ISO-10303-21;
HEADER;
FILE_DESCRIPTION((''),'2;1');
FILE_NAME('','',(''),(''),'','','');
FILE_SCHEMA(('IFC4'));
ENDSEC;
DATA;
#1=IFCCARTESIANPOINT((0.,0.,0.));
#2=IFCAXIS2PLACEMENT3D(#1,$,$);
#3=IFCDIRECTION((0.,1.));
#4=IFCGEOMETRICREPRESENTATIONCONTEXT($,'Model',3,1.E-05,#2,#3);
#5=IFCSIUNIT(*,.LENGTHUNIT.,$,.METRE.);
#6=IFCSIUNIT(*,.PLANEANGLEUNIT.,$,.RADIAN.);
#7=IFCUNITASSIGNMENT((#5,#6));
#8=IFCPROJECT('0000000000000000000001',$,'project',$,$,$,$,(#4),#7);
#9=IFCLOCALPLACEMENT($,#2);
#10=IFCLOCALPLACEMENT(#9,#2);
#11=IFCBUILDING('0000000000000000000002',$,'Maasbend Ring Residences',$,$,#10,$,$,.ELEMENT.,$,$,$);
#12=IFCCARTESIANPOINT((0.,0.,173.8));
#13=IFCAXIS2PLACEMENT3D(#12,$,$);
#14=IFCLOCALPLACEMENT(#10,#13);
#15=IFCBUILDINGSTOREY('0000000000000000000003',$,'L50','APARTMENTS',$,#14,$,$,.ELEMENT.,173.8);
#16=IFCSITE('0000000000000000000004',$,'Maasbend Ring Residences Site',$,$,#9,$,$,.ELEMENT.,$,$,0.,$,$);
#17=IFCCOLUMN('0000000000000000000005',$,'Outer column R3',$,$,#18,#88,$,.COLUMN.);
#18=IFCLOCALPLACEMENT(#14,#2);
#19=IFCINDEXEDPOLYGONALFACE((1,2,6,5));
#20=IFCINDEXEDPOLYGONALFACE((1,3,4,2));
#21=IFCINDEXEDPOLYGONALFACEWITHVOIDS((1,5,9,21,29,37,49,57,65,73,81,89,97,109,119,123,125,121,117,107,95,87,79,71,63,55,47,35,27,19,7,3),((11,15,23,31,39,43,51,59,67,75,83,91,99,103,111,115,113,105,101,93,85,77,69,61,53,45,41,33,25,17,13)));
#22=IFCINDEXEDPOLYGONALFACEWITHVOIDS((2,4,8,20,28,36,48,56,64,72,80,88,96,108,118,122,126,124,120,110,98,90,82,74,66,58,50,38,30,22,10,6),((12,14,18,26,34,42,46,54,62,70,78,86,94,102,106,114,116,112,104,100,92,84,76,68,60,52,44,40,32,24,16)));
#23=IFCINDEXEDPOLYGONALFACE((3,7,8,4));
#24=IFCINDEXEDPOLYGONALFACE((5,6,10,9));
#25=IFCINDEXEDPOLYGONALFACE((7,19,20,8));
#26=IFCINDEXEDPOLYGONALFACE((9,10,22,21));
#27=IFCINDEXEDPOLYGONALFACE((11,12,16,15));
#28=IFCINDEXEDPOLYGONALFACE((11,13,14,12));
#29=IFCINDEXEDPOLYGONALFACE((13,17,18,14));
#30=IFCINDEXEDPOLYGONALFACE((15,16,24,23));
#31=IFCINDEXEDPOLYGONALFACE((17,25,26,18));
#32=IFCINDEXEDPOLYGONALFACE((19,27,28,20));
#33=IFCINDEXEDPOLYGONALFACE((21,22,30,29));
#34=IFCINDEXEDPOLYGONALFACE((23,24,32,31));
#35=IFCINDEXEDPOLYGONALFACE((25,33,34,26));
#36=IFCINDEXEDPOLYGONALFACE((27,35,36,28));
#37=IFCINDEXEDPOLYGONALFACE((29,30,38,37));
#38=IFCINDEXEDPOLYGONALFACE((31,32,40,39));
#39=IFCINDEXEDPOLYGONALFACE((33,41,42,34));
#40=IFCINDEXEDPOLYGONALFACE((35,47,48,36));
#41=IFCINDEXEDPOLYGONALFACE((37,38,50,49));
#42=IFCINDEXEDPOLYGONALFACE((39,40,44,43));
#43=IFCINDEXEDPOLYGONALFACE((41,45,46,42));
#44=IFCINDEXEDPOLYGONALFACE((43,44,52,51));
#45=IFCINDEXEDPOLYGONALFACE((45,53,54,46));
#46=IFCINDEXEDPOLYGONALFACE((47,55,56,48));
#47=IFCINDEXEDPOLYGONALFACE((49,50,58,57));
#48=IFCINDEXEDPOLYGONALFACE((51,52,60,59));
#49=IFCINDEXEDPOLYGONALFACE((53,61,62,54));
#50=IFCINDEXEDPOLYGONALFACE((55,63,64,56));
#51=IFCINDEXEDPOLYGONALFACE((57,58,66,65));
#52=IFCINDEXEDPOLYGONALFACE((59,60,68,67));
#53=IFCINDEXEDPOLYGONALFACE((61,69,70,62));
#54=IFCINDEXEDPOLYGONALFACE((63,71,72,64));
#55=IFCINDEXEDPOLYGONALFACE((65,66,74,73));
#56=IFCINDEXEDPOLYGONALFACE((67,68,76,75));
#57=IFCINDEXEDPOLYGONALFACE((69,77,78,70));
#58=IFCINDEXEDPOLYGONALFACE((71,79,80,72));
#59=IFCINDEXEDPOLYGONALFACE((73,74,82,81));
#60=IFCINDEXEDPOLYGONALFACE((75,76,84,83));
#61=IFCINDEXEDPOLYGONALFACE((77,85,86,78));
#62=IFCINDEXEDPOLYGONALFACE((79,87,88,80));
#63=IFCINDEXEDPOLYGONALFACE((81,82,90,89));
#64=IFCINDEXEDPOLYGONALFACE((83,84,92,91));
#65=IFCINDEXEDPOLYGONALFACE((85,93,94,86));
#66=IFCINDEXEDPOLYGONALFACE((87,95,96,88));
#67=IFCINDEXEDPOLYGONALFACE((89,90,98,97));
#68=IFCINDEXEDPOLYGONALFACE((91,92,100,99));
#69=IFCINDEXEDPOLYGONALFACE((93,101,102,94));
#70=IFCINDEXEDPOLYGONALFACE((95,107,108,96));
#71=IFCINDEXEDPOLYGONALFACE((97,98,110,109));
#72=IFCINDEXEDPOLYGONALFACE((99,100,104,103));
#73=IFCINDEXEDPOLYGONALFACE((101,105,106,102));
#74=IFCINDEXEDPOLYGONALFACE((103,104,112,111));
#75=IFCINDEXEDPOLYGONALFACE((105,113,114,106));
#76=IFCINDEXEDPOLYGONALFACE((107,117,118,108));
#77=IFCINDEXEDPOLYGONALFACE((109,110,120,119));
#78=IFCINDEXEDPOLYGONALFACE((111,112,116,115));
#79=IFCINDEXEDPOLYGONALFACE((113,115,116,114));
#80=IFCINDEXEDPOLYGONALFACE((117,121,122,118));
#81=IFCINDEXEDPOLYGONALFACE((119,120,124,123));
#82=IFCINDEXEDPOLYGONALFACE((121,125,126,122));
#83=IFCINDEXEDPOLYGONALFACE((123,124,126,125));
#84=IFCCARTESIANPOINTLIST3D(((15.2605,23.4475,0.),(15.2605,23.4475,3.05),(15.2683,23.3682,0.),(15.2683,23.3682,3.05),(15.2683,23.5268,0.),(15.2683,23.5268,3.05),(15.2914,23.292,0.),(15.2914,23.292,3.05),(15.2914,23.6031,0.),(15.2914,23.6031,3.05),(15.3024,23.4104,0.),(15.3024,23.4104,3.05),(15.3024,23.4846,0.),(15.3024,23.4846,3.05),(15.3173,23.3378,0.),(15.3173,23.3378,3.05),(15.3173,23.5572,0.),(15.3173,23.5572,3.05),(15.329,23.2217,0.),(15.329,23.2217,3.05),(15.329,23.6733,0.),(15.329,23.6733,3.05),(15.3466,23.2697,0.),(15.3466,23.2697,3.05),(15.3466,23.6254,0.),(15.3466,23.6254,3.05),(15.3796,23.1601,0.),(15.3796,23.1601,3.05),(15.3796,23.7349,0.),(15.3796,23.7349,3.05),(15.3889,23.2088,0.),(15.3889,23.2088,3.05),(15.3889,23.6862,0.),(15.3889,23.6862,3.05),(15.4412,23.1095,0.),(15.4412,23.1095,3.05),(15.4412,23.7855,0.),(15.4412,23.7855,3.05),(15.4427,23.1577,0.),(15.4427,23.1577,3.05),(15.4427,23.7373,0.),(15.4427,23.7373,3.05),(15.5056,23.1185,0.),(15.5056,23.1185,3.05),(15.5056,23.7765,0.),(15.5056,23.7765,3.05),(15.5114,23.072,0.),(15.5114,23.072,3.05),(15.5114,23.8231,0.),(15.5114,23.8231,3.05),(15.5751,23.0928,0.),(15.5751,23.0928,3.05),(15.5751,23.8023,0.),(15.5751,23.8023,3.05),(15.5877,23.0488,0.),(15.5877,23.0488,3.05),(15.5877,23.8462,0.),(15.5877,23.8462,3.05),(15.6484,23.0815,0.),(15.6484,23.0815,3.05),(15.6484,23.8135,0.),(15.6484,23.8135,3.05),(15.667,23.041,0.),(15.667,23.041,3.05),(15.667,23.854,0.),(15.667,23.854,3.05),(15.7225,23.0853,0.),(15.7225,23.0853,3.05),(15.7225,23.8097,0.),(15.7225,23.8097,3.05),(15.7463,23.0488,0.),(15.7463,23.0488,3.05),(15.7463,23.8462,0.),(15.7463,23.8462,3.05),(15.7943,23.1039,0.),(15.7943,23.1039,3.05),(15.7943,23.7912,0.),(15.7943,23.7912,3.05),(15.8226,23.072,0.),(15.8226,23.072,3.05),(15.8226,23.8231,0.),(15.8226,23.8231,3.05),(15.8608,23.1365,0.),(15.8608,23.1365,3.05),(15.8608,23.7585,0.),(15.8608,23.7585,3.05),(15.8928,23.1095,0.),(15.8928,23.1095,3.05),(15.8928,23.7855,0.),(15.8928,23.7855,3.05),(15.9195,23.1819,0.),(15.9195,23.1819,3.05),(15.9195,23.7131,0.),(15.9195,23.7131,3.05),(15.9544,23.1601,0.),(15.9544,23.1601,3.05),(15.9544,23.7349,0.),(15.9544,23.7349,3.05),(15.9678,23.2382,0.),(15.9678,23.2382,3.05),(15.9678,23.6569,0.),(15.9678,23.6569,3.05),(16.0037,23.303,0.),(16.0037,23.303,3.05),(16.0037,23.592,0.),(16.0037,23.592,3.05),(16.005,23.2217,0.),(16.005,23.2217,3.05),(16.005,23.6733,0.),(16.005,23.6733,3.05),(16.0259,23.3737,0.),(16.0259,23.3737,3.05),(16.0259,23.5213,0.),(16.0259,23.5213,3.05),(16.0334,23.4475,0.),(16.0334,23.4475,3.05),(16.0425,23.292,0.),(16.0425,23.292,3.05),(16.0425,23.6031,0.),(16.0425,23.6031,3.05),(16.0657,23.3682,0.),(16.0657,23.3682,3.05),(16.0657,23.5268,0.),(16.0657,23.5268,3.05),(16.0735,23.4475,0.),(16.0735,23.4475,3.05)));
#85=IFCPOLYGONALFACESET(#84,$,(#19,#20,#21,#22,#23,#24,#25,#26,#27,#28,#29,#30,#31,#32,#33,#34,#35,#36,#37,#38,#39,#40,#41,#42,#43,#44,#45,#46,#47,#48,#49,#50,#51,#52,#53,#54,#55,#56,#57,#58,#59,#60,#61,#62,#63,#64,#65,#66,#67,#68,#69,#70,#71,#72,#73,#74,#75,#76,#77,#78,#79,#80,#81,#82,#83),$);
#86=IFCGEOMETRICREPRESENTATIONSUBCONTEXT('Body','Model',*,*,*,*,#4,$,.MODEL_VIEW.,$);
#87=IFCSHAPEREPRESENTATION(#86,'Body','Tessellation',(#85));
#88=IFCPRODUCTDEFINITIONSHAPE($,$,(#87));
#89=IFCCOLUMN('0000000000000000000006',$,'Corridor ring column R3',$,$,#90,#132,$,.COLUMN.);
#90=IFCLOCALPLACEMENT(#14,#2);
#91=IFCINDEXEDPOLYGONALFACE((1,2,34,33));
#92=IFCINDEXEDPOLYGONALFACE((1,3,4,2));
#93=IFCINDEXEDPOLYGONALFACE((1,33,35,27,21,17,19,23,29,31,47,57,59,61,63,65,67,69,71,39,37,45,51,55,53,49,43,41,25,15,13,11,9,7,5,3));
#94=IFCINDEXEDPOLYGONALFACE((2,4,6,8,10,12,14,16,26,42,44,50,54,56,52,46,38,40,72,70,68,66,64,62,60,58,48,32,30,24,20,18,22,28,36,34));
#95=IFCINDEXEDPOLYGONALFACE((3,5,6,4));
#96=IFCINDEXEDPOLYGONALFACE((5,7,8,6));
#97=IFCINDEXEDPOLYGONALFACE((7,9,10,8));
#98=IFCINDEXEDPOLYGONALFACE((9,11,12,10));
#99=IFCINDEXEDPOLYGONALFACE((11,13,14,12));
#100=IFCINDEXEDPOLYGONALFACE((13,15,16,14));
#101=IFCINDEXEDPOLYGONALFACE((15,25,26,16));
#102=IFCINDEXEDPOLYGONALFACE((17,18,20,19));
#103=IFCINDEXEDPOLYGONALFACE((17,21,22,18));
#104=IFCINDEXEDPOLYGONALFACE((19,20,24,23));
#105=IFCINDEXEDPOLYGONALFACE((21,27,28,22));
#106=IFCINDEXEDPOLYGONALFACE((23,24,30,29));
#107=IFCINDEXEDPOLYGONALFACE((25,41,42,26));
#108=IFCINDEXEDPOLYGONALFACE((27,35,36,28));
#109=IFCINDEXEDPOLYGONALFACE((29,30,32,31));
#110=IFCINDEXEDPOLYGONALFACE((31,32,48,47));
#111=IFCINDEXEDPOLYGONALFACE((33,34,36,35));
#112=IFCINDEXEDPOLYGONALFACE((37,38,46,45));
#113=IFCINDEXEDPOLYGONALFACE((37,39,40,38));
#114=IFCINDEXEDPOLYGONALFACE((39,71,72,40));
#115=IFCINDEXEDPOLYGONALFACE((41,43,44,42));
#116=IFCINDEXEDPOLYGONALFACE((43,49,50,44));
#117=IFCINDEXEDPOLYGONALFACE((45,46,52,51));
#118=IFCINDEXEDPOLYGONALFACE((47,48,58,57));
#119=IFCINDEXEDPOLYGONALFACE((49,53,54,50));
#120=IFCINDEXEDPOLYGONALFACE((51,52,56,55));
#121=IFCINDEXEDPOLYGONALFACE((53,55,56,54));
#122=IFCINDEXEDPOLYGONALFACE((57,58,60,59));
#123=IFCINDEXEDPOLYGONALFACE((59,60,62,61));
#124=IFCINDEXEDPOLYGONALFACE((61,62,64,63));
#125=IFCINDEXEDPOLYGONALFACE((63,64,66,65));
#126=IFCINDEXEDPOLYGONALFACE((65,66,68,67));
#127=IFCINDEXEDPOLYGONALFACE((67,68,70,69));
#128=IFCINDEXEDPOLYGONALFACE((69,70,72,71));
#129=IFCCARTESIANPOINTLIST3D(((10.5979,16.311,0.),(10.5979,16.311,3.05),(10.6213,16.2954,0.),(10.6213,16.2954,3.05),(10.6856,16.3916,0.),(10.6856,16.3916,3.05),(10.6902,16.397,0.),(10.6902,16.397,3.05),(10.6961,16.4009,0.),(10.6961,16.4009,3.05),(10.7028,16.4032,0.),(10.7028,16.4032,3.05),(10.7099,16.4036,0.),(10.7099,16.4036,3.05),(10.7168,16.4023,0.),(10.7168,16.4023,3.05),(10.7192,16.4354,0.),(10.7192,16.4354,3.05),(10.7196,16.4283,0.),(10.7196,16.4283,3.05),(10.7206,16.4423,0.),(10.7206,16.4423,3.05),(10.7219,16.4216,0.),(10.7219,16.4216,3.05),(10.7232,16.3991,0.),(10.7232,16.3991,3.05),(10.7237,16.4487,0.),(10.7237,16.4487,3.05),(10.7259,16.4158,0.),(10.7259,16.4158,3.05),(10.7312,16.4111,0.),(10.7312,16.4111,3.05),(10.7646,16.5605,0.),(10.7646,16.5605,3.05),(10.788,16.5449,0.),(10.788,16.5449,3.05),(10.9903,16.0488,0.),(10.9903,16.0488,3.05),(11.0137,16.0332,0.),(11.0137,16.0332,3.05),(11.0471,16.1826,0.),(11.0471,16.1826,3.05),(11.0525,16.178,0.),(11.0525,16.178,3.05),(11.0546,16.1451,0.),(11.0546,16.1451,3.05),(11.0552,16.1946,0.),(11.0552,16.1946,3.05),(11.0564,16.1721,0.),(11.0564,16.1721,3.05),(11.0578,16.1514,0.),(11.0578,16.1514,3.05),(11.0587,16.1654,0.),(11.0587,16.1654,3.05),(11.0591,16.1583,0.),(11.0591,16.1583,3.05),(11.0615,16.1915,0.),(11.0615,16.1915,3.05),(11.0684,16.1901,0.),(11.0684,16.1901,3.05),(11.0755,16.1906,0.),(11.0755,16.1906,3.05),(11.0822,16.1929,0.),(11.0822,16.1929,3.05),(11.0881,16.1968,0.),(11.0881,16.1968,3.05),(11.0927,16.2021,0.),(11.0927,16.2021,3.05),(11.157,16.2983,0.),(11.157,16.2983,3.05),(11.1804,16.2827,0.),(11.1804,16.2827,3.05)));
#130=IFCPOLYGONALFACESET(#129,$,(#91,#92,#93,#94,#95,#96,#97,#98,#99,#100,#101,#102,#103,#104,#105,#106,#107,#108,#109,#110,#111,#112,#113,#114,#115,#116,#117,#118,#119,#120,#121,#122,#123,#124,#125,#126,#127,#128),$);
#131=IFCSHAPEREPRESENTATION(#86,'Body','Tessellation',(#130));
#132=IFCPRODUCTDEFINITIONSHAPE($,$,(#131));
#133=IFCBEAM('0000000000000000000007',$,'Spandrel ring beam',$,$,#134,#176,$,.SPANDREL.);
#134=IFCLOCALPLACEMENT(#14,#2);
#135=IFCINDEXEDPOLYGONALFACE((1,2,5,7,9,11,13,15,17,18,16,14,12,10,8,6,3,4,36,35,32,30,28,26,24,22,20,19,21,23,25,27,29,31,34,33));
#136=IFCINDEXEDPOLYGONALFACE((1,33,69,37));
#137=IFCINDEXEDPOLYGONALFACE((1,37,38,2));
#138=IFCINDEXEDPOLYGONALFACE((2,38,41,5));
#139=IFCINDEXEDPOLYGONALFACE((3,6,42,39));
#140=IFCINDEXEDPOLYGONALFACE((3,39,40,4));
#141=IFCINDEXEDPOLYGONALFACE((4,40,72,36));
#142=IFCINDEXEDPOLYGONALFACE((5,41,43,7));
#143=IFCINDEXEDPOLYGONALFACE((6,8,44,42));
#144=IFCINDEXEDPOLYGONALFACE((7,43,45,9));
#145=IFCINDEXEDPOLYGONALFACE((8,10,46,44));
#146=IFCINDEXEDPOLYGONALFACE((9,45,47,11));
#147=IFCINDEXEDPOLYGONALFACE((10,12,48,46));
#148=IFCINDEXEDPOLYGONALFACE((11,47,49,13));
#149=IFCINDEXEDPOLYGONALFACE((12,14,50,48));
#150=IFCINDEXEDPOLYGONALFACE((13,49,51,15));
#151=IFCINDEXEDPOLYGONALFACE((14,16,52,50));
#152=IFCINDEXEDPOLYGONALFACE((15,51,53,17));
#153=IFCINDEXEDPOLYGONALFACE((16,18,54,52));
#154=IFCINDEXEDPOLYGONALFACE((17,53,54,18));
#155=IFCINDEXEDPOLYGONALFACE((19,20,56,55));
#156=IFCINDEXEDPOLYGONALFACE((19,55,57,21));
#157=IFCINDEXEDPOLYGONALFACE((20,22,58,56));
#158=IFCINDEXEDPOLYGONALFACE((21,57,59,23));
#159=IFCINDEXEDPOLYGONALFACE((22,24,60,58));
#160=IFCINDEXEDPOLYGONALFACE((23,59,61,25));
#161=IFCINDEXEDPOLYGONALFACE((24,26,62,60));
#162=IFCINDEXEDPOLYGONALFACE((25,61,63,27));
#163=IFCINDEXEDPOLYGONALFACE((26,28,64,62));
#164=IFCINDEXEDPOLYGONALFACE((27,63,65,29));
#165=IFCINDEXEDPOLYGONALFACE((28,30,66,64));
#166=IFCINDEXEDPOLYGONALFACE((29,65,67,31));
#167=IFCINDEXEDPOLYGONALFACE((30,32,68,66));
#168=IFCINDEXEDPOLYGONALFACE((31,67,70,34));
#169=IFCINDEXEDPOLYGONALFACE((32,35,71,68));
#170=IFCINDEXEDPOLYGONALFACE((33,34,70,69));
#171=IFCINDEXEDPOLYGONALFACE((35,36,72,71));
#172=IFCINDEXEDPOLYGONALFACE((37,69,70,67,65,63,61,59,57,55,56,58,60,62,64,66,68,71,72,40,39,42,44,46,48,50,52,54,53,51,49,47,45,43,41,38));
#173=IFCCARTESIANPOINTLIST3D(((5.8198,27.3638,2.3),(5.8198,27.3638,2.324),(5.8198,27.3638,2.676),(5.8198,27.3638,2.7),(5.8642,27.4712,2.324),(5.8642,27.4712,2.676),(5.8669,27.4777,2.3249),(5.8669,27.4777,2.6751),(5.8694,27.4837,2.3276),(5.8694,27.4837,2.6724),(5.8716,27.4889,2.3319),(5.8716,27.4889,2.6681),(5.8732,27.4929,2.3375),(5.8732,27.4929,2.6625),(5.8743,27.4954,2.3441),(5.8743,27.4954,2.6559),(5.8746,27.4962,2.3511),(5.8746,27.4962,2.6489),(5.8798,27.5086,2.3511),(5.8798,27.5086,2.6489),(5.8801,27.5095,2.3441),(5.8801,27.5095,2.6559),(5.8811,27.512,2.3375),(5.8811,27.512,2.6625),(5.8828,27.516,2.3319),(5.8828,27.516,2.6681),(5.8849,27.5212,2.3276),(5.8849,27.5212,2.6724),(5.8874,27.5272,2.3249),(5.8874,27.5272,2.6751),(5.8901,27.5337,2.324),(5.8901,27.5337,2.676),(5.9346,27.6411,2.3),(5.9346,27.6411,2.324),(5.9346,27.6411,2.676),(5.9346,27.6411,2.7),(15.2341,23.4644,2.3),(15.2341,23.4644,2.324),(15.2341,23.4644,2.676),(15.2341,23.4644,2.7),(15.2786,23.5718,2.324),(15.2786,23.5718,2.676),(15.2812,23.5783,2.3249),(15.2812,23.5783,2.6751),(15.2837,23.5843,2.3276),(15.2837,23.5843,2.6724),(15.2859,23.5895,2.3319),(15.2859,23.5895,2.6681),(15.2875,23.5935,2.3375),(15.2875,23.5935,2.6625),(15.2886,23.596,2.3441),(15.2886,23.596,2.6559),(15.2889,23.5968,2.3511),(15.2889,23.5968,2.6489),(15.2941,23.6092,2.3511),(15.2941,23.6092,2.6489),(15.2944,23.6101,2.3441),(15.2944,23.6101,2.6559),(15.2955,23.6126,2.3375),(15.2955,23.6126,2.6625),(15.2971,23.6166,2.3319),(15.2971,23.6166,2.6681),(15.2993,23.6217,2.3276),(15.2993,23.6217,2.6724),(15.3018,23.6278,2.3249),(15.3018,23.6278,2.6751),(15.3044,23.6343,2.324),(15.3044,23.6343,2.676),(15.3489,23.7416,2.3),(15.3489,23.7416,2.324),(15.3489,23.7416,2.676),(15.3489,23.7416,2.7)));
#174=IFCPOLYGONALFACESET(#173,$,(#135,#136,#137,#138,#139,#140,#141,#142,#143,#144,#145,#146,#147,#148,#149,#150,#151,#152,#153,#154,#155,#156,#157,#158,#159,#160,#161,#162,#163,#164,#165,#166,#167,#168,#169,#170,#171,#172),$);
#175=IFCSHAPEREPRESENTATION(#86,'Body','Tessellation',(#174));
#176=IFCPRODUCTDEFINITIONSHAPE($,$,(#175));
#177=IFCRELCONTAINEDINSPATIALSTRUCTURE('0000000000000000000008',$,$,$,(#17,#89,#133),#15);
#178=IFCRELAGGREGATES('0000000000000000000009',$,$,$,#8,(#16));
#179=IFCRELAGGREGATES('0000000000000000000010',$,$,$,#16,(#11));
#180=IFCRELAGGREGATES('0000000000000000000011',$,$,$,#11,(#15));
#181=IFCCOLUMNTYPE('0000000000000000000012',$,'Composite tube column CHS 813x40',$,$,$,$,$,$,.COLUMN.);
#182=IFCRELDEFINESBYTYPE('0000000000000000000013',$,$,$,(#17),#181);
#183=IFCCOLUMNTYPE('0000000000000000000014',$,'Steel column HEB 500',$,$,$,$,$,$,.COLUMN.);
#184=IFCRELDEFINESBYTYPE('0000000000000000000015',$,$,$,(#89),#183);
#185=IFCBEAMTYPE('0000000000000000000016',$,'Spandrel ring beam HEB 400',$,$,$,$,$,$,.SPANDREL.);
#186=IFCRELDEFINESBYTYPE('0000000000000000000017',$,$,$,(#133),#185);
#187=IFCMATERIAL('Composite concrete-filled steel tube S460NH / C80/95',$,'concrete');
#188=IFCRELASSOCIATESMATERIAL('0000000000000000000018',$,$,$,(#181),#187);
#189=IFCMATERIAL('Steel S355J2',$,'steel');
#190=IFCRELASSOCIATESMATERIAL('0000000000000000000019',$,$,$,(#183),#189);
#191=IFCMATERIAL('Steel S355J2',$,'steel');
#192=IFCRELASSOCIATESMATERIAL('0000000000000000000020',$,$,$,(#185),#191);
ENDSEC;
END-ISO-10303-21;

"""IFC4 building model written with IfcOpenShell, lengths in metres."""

from ifc_helpers import new_model, si_unit, direction, frame, origin, origin_2d, place, context, subcontext, project, spatial, hollow_circle, i_section, extrude, material, material_profile, profile_set, type_object, element, save


model = new_model("IFC4")

# Units and contexts
model_context = context("Model", 3, precision=1e-05, world=origin(), true_north=direction((0.0, 1.0)))
body_context = subcontext(model_context, "Body", "Model", "MODEL_VIEW")
ifc_project = project(units=[si_unit("LENGTHUNIT", "METRE"), si_unit("PLANEANGLEUNIT", "RADIAN")], contexts=[model_context])

# Site, building, storey
site_placement = place(None, origin())
site = spatial("IfcSite", under=ifc_project, at=site_placement, Name="Maasbend Ring Residences Site", CompositionType="ELEMENT", RefElevation=0.0)
building_placement = place(site_placement, origin())
building = spatial("IfcBuilding", under=site, at=building_placement, Name="Maasbend Ring Residences", CompositionType="ELEMENT")
storey_placement = place(building_placement, frame((0.0, 0.0, 173.8)))
storey = spatial("IfcBuildingStorey", under=building, at=storey_placement, Name="L50", Description="APARTMENTS", CompositionType="ELEMENT", Elevation=173.8)

# Columns
ifc_material_1 = material(Name="Composite concrete-filled steel tube S460NH / C80/95", Category="concrete")
ifc_material_profile_1 = material_profile(ifc_material_1, hollow_circle(Radius=0.4065, WallThickness=0.04, at=origin_2d()), Name="Composite tube column CHS 813x40")
ifc_profile_set_1 = profile_set([ifc_material_profile_1], Name="Composite concrete-filled steel tube S460NH / C80/95")
column_type_1 = type_object("IfcColumnType", Name="Composite tube column CHS 813x40", PredefinedType="COLUMN", material=ifc_profile_set_1)
column_1_placement = place(storey_placement, frame((15.667, 23.4475, 0.0), z_axis=(0.0, 0.0, 1.0), x_axis=(1.0, 0.0, 0.0)))
element("IfcColumn", 1, at=column_1_placement, inside=storey, type_object=column_type_1, Name="Outer column R3", PredefinedType="COLUMN", context=body_context, shape_type="SweptSolid", body=[
    extrude(hollow_circle(Radius=0.4065, WallThickness=0.04, at=origin_2d()), origin(), (0.0, 0.0, 1.0), 3.05),
])
ifc_material_2 = material(Name="Steel S355J2", Category="steel")
ifc_material_profile_2 = material_profile(ifc_material_2, i_section(OverallWidth=0.3, OverallDepth=0.5, WebThickness=0.0144, FlangeThickness=0.0281, FilletRadius=0.0271, at=origin_2d()), Name="HEB 500")
ifc_profile_set_2 = profile_set([ifc_material_profile_2], Name="Steel S355J2")
column_type_2 = type_object("IfcColumnType", Name="Steel column HEB 500", PredefinedType="COLUMN", material=ifc_profile_set_2)
column_2_placement = place(storey_placement, frame((10.8892, 16.2969, 0.0), z_axis=(0.0, 0.0, 1.0), x_axis=(0.55557, 0.83147, 0.0)))
element("IfcColumn", 2, at=column_2_placement, inside=storey, type_object=column_type_2, Name="Corridor ring column R3", PredefinedType="COLUMN", context=body_context, shape_type="SweptSolid", body=[
    extrude(i_section(OverallWidth=0.3, OverallDepth=0.5, WebThickness=0.0144, FlangeThickness=0.0281, FilletRadius=0.0271, at=origin_2d()), origin(), (0.0, 0.0, 1.0), 3.05),
])

# Beam
ifc_material_3 = material(Name="Steel S355J2", Category="steel")
ifc_material_profile_3 = material_profile(ifc_material_3, i_section(OverallWidth=0.3, OverallDepth=0.3999, WebThickness=0.0134, FlangeThickness=0.0239, FilletRadius=0.0271, at=origin_2d()), Name="HEB 400")
ifc_profile_set_3 = profile_set([ifc_material_profile_3], Name="Steel S355J2")
beam_type = type_object("IfcBeamType", Name="Spandrel ring beam HEB 400", PredefinedType="SPANDREL", material=ifc_profile_set_3)
beam_placement = place(storey_placement, frame((15.2915, 23.603, 2.5), z_axis=(-0.923884, 0.382673, 0.0), x_axis=(-0.382673, -0.923884, 0.0)))
element("IfcBeam", 3, at=beam_placement, inside=storey, type_object=beam_type, Name="Spandrel ring beam", PredefinedType="SPANDREL", context=body_context, shape_type="SweptSolid", body=[
    extrude(i_section(OverallWidth=0.3, OverallDepth=0.3999, WebThickness=0.0134, FlangeThickness=0.0239, FilletRadius=0.0271, at=origin_2d()), origin(), (0.0, 0.0, 1.0), 10.1899),
])

save(model, "model.ifc")
